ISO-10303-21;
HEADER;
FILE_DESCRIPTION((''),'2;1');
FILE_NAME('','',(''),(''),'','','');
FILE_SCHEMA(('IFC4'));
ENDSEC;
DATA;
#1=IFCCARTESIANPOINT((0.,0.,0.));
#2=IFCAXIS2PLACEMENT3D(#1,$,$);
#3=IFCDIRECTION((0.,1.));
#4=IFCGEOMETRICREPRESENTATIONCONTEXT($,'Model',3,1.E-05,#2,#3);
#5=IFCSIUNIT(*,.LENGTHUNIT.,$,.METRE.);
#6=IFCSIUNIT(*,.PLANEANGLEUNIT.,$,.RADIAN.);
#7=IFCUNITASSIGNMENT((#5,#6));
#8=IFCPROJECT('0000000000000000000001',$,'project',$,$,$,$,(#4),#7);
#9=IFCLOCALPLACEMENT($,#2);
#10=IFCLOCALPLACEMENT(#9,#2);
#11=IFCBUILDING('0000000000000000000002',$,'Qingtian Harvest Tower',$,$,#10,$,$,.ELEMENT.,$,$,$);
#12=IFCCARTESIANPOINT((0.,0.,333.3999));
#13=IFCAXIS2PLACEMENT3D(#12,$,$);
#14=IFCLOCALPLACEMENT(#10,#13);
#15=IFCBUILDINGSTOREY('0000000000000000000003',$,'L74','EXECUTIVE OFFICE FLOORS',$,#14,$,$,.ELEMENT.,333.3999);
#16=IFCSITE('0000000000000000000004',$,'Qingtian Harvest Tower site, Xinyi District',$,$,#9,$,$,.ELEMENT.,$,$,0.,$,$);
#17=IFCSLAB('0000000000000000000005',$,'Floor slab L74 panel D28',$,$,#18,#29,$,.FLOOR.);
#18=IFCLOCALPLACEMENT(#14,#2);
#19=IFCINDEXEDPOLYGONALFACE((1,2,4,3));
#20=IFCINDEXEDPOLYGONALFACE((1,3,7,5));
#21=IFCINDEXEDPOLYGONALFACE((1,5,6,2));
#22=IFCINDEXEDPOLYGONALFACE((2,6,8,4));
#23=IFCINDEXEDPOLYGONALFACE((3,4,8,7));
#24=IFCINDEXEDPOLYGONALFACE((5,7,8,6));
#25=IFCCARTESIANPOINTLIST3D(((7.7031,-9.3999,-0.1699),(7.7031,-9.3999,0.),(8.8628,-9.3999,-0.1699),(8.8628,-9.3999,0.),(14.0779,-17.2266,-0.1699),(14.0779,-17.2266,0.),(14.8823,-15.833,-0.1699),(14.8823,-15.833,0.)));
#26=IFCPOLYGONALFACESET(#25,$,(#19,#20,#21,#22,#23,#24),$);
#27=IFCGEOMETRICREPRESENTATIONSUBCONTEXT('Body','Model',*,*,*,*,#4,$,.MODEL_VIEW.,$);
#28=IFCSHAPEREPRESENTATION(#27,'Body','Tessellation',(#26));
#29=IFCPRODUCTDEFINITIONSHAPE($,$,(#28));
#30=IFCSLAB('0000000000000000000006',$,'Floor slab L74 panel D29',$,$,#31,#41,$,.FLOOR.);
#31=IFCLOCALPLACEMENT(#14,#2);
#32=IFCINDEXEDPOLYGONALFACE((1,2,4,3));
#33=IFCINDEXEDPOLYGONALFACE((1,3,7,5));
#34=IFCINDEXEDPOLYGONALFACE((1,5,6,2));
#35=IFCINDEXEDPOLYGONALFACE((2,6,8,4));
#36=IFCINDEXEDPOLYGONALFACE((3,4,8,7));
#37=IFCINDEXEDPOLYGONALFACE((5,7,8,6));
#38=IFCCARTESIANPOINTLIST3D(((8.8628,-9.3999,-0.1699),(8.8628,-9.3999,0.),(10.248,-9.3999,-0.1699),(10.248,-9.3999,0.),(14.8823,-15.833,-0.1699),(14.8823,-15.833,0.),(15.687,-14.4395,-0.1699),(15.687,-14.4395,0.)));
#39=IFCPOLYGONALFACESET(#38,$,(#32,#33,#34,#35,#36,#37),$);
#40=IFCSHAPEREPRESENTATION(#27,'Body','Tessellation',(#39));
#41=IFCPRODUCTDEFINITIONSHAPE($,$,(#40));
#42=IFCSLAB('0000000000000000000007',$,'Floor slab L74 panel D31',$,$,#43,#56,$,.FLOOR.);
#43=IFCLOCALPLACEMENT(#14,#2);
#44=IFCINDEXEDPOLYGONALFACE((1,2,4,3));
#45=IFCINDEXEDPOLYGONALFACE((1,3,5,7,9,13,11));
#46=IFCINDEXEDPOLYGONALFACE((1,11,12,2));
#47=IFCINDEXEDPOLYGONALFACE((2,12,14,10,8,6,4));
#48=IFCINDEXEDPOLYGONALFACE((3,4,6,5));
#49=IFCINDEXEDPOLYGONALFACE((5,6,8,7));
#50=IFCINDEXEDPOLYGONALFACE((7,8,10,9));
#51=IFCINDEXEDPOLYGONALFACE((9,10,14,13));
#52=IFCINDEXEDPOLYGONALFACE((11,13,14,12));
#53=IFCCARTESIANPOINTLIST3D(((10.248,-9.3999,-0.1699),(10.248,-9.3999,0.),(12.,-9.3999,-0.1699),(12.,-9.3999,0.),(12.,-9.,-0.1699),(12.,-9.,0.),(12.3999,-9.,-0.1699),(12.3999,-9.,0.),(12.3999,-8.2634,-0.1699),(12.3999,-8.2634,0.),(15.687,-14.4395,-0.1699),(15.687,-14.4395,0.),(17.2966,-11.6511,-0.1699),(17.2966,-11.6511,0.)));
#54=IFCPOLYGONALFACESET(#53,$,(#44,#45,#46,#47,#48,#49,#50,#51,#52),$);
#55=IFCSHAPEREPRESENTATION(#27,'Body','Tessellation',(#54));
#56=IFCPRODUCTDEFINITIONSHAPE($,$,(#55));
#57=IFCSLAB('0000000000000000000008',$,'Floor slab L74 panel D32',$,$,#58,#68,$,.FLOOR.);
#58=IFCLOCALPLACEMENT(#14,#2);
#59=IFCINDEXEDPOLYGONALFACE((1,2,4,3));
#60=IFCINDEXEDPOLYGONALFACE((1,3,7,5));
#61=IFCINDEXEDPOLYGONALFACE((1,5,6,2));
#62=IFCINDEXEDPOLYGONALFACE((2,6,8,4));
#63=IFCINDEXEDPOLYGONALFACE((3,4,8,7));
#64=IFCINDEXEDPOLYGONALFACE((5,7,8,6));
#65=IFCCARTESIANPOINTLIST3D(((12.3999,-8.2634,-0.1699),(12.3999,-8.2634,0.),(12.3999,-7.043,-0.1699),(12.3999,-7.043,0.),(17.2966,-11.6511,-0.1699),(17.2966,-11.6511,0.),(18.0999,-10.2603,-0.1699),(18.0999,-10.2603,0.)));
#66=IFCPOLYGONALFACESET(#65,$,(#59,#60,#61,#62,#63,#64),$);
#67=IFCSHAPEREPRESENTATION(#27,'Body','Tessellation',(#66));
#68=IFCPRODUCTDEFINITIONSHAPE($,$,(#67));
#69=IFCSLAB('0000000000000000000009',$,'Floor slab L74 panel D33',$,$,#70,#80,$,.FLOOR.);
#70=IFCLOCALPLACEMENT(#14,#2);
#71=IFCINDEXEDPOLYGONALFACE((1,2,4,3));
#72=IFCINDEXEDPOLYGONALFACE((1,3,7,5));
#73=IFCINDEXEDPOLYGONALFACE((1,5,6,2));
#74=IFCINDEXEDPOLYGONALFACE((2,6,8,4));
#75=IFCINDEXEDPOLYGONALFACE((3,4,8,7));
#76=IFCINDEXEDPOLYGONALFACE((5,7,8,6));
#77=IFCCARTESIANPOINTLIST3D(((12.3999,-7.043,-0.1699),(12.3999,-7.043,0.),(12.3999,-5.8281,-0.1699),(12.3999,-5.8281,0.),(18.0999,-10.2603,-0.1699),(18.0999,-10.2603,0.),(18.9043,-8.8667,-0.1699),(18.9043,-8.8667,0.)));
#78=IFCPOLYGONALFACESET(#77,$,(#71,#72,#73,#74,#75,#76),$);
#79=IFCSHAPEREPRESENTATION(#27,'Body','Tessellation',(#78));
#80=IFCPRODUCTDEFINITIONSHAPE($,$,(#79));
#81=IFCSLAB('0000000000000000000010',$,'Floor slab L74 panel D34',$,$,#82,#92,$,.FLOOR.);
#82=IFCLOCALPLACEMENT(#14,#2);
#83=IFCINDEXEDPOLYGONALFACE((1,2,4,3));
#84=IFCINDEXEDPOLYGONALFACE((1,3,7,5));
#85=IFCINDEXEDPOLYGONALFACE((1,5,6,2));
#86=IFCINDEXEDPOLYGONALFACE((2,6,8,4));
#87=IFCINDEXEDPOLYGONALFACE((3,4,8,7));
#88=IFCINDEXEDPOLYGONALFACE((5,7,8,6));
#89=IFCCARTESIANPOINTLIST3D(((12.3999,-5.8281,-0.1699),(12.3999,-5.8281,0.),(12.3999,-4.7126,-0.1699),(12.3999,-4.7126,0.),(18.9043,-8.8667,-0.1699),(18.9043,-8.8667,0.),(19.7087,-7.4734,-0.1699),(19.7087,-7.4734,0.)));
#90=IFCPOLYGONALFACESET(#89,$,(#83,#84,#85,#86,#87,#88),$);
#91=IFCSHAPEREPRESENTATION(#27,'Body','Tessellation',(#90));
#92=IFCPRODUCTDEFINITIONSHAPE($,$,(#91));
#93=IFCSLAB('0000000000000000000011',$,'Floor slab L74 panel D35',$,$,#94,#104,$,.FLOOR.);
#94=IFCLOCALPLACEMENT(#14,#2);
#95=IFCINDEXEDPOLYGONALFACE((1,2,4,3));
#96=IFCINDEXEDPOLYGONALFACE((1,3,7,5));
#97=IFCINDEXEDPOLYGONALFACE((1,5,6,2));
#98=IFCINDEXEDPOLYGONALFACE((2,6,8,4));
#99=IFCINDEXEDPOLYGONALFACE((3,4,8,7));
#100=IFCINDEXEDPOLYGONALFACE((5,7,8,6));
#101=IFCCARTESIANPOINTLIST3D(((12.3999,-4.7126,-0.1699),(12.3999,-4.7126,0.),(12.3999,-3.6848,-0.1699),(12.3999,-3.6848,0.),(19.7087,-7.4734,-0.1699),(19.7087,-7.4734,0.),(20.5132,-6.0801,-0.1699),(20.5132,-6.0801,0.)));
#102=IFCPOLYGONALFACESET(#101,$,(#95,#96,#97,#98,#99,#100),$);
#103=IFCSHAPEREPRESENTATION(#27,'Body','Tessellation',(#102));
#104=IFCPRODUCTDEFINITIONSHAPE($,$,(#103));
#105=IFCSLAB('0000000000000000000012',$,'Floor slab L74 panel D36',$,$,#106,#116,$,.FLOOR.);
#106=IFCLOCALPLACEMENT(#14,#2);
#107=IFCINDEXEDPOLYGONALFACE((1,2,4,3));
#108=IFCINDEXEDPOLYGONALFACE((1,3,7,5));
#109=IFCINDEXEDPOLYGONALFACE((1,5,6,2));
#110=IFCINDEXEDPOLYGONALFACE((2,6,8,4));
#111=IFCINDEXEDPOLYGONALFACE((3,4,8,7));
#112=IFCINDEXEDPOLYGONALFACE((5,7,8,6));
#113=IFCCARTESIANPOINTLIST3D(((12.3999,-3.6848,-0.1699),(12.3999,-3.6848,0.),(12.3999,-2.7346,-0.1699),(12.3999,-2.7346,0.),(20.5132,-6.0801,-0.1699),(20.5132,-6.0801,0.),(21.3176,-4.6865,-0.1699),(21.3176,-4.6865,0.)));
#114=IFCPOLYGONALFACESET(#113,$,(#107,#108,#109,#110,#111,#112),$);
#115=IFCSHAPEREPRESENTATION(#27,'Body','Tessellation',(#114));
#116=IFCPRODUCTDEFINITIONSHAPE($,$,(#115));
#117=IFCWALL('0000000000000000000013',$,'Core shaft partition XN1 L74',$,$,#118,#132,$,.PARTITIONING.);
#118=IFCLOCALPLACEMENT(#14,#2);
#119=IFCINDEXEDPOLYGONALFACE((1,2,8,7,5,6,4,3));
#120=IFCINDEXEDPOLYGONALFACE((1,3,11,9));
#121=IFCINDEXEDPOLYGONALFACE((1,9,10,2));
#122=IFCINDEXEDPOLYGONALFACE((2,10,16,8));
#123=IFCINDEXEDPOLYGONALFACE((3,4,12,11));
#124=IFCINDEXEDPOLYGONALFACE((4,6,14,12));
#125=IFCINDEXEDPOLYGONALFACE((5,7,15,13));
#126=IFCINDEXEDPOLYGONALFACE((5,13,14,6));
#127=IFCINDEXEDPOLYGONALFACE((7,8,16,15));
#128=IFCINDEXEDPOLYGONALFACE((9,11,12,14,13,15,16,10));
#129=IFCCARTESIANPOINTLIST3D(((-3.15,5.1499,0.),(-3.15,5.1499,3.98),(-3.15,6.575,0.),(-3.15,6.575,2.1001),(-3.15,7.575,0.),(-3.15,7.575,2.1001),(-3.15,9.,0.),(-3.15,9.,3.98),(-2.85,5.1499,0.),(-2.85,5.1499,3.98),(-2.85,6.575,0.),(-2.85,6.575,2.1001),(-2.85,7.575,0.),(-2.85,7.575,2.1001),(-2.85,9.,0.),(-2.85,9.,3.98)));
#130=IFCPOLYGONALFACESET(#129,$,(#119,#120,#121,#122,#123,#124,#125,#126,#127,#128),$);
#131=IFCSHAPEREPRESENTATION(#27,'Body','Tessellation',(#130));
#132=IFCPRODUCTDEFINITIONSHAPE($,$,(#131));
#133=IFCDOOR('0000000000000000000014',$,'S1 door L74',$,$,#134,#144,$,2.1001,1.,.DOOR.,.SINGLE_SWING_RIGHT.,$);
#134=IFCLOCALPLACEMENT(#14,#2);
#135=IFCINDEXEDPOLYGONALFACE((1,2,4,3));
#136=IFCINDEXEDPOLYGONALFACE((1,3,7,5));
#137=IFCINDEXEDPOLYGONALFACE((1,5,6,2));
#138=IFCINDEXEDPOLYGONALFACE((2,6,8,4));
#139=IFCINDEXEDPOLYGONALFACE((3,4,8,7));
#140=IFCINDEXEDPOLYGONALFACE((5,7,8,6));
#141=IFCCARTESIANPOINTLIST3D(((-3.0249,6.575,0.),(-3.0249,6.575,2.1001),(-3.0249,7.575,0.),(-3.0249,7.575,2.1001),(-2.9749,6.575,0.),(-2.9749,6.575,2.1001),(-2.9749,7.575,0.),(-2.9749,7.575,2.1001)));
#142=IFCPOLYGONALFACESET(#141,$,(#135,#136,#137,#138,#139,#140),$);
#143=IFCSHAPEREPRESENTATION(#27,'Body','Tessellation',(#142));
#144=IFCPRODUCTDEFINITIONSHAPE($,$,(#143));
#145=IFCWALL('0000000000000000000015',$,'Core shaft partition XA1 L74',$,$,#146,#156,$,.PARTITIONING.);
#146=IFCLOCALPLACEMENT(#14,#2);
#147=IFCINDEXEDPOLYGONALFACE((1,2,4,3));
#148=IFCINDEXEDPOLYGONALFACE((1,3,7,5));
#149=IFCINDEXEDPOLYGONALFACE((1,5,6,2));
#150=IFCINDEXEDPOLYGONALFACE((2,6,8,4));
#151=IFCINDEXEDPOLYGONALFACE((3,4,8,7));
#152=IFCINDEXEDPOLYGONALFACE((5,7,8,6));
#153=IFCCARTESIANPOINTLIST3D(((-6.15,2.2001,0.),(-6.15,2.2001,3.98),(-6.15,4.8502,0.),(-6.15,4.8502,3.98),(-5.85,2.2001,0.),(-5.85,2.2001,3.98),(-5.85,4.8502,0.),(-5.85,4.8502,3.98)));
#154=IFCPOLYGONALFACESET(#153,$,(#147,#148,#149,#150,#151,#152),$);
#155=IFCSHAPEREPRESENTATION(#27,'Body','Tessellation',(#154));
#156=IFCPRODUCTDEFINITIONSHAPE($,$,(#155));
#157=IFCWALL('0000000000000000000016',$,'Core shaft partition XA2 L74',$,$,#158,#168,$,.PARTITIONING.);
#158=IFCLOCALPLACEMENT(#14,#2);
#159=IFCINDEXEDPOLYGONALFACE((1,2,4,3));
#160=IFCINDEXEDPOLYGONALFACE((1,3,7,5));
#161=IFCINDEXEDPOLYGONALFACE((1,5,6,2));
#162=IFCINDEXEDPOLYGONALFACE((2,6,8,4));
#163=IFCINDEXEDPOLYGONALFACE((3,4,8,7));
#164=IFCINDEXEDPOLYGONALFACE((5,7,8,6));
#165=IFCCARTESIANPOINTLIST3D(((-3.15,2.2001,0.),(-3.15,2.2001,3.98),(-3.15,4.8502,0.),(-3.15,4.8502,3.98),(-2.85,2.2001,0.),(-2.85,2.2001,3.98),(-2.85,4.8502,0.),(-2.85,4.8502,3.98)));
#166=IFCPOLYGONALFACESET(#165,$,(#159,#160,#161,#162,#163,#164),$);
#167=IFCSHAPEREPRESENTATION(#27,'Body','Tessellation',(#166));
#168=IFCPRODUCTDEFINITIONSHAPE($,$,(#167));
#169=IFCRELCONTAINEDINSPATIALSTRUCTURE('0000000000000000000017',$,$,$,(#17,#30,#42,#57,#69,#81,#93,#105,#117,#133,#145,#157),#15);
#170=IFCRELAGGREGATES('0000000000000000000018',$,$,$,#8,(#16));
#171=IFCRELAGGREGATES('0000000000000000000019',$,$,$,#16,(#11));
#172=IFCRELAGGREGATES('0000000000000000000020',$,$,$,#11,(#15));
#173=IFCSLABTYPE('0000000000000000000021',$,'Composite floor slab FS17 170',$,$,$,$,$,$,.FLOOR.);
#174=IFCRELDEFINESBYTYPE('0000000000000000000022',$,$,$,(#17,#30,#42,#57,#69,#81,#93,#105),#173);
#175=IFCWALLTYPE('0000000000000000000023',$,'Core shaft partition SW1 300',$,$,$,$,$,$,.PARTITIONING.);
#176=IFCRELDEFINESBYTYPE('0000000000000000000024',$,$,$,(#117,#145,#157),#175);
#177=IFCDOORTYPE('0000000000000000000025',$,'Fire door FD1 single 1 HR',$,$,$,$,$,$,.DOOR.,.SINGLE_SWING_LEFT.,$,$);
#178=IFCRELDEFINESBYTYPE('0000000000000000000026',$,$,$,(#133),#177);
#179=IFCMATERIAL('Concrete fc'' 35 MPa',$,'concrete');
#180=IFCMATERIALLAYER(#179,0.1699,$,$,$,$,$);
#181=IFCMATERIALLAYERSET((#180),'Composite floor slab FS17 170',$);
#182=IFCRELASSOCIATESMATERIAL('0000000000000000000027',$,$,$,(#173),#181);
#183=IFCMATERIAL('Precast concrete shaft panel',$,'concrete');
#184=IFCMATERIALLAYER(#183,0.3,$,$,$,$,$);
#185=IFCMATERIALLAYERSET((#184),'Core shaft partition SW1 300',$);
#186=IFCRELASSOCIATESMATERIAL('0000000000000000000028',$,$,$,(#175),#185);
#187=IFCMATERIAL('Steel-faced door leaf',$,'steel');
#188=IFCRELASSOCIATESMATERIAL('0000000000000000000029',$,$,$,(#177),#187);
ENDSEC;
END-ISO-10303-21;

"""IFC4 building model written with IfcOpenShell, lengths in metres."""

from ifc_helpers import new_model, si_unit, direction, frame, frame_2d, origin, place, context, subcontext, project, spatial, polyline, rectangle, outline, extrude, material, layer, layer_set, type_object, element, fill, save


model = new_model("IFC4")

# Units and contexts
model_context = context("Model", 3, precision=1e-05, world=origin(), true_north=direction((0.0, 1.0)))
body_context = subcontext(model_context, "Body", "Model", "MODEL_VIEW")
ifc_project = project(units=[si_unit("LENGTHUNIT", "METRE"), si_unit("PLANEANGLEUNIT", "RADIAN")], contexts=[model_context])

# Site, building, storey
site_placement = place(None, origin())
site = spatial("IfcSite", under=ifc_project, at=site_placement, Name="Qingtian Harvest Tower site, Xinyi District", CompositionType="ELEMENT", RefElevation=0.0)
building_placement = place(site_placement, origin())
building = spatial("IfcBuilding", under=site, at=building_placement, Name="Qingtian Harvest Tower", CompositionType="ELEMENT")
storey_placement = place(building_placement, frame((0.0, 0.0, 333.3999)))
storey = spatial("IfcBuildingStorey", under=building, at=storey_placement, Name="L74", Description="EXECUTIVE OFFICE FLOORS", CompositionType="ELEMENT", Elevation=333.3999)

# Slabs
ifc_material_1 = material(Name="Concrete fc' 35 MPa", Category="concrete")
ifc_layer_1 = layer(ifc_material_1, 0.1699)
ifc_layer_set_1 = layer_set([ifc_layer_1], Name="Composite floor slab FS17 170")
slab_type = type_object("IfcSlabType", Name="Composite floor slab FS17 170", PredefinedType="FLOOR", material=ifc_layer_set_1)
slab_1_placement = place(storey_placement, frame((0.0, 0.0, -0.1699)))
element("IfcSlab", 1, at=slab_1_placement, inside=storey, type_object=slab_type, Name="Floor slab L74 panel D28", PredefinedType="FLOOR", context=body_context, shape_type="SweptSolid", body=[
    extrude(outline(polyline([(8.8628, -9.3999), (14.8823, -15.833), (14.0779, -17.2266), (7.7031, -9.3999), (8.8628, -9.3999)])), origin(), (0.0, 0.0, 1.0), 0.1699),
])
slab_2_placement = place(storey_placement, frame((0.0, 0.0, -0.1699)))
element("IfcSlab", 2, at=slab_2_placement, inside=storey, type_object=slab_type, Name="Floor slab L74 panel D29", PredefinedType="FLOOR", context=body_context, shape_type="SweptSolid", body=[
    extrude(outline(polyline([(10.248, -9.3999), (15.687, -14.4395), (14.8823, -15.833), (8.8628, -9.3999), (10.248, -9.3999)])), origin(), (0.0, 0.0, 1.0), 0.1699),
])
slab_3_placement = place(storey_placement, frame((0.0, 0.0, -0.1699)))
element("IfcSlab", 3, at=slab_3_placement, inside=storey, type_object=slab_type, Name="Floor slab L74 panel D31", PredefinedType="FLOOR", context=body_context, shape_type="SweptSolid", body=[
    extrude(outline(polyline([(12.3999, -8.2634), (17.2966, -11.6511), (15.687, -14.4395), (10.248, -9.3999), (12.0, -9.3999), (12.0, -9.0), (12.3999, -9.0), (12.3999, -8.2634)])), origin(), (0.0, 0.0, 1.0), 0.1699),
])
slab_4_placement = place(storey_placement, frame((0.0, 0.0, -0.1699)))
element("IfcSlab", 4, at=slab_4_placement, inside=storey, type_object=slab_type, Name="Floor slab L74 panel D32", PredefinedType="FLOOR", context=body_context, shape_type="SweptSolid", body=[
    extrude(outline(polyline([(12.3999, -7.043), (18.0999, -10.2603), (17.2966, -11.6511), (12.3999, -8.2634), (12.3999, -7.043)])), origin(), (0.0, 0.0, 1.0), 0.1699),
])
slab_5_placement = place(storey_placement, frame((0.0, 0.0, -0.1699)))
element("IfcSlab", 5, at=slab_5_placement, inside=storey, type_object=slab_type, Name="Floor slab L74 panel D33", PredefinedType="FLOOR", context=body_context, shape_type="SweptSolid", body=[
    extrude(outline(polyline([(12.3999, -5.8281), (18.9043, -8.8667), (18.0999, -10.2603), (12.3999, -7.043), (12.3999, -5.8281)])), origin(), (0.0, 0.0, 1.0), 0.1699),
])
slab_6_placement = place(storey_placement, frame((0.0, 0.0, -0.1699)))
element("IfcSlab", 6, at=slab_6_placement, inside=storey, type_object=slab_type, Name="Floor slab L74 panel D34", PredefinedType="FLOOR", context=body_context, shape_type="SweptSolid", body=[
    extrude(outline(polyline([(12.3999, -4.7126), (19.7087, -7.4734), (18.9043, -8.8667), (12.3999, -5.8281), (12.3999, -4.7126)])), origin(), (0.0, 0.0, 1.0), 0.1699),
])
slab_7_placement = place(storey_placement, frame((0.0, 0.0, -0.1699)))
element("IfcSlab", 7, at=slab_7_placement, inside=storey, type_object=slab_type, Name="Floor slab L74 panel D35", PredefinedType="FLOOR", context=body_context, shape_type="SweptSolid", body=[
    extrude(outline(polyline([(12.3999, -3.6848), (20.5132, -6.0801), (19.7087, -7.4734), (12.3999, -4.7126), (12.3999, -3.6848)])), origin(), (0.0, 0.0, 1.0), 0.1699),
])
slab_8_placement = place(storey_placement, frame((0.0, 0.0, -0.1699)))
element("IfcSlab", 8, at=slab_8_placement, inside=storey, type_object=slab_type, Name="Floor slab L74 panel D36", PredefinedType="FLOOR", context=body_context, shape_type="SweptSolid", body=[
    extrude(outline(polyline([(12.3999, -2.7346), (21.3176, -4.6865), (20.5132, -6.0801), (12.3999, -3.6848), (12.3999, -2.7346)])), origin(), (0.0, 0.0, 1.0), 0.1699),
])

# Wall, opening, door
ifc_material_2 = material(Name="Precast concrete shaft panel", Category="concrete")
ifc_layer_2 = layer(ifc_material_2, 0.3)
ifc_layer_set_2 = layer_set([ifc_layer_2], Name="Core shaft partition SW1 300")
wall_type = type_object("IfcWallType", Name="Core shaft partition SW1 300", PredefinedType="PARTITIONING", material=ifc_layer_set_2)
wall_placement = place(storey_placement, frame((-3.0, 5.1499, 0.0), z_axis=(0.0, 0.0, 1.0), x_axis=(0.0, 1.0, 0.0)))
wall = element("IfcWall", 9, at=wall_placement, inside=storey, type_object=wall_type, Name="Core shaft partition XN1 L74", PredefinedType="PARTITIONING", context=body_context, shape_type="SweptSolid", body=[
    extrude(rectangle(XDim=3.8501, YDim=0.3, at=frame_2d((1.925, 0.0))), origin(), (0.0, 0.0, 1.0), 3.98),
])
opening_placement = place(wall_placement, frame((1.425, 0.0, 0.0)))
opening = element("IfcOpeningElement", 10, at=opening_placement, cuts=wall, PredefinedType="OPENING", context=body_context, shape_type="SweptSolid", body=[
    extrude(rectangle(XDim=1.0, YDim=2.1001, at=frame_2d((0.5, 1.05))), frame((0.0, 0.1599, 0.0), z_axis=(0.0, -1.0, 0.0), x_axis=(1.0, 0.0, 0.0)), (0.0, 0.0, 1.0), 0.3201),
])
ifc_material_3 = material(Name="Steel-faced door leaf", Category="steel")
door_type = type_object("IfcDoorType", Name="Fire door FD1 single 1 HR", OperationType="SINGLE_SWING_LEFT", PredefinedType="DOOR", material=ifc_material_3)
door_placement = place(opening_placement, origin())
door = element("IfcDoor", 11, at=door_placement, inside=storey, type_object=door_type, Name="S1 door L74", OperationType="SINGLE_SWING_RIGHT", OverallHeight=2.1001, OverallWidth=1.0, PredefinedType="DOOR", context=body_context, shape_type="SweptSolid", body=[
    extrude(rectangle(XDim=1.0, YDim=2.1001, at=frame_2d((0.5, 1.05))), frame((0.0, 0.0249, 0.0), z_axis=(0.0, -1.0, 0.0), x_axis=(1.0, 0.0, 0.0)), (0.0, 0.0, 1.0), 0.05),
])
fill(opening, door)

# Walls
for number, where, z_axis, x_axis, name in (
    (12, (-6.0, 2.2, 0.0), (0.0, 0.0, 1.0), (0.0, 1.0, 0.0), "Core shaft partition XA1 L74"),
    (13, (-3.0, 2.2, 0.0), (0.0, 0.0, 1.0), (0.0, 1.0, 0.0), "Core shaft partition XA2 L74"),
):
    element("IfcWall", number, at=place(storey_placement, frame(where, z_axis=z_axis, x_axis=x_axis)), inside=storey, type_object=wall_type, Name=name, PredefinedType="PARTITIONING", context=body_context, shape_type="SweptSolid", body=[
        extrude(rectangle(XDim=2.6501, YDim=0.3, at=frame_2d((1.3252, 0.0))), origin(), (0.0, 0.0, 1.0), 3.98),
    ])

save(model, "model.ifc")
